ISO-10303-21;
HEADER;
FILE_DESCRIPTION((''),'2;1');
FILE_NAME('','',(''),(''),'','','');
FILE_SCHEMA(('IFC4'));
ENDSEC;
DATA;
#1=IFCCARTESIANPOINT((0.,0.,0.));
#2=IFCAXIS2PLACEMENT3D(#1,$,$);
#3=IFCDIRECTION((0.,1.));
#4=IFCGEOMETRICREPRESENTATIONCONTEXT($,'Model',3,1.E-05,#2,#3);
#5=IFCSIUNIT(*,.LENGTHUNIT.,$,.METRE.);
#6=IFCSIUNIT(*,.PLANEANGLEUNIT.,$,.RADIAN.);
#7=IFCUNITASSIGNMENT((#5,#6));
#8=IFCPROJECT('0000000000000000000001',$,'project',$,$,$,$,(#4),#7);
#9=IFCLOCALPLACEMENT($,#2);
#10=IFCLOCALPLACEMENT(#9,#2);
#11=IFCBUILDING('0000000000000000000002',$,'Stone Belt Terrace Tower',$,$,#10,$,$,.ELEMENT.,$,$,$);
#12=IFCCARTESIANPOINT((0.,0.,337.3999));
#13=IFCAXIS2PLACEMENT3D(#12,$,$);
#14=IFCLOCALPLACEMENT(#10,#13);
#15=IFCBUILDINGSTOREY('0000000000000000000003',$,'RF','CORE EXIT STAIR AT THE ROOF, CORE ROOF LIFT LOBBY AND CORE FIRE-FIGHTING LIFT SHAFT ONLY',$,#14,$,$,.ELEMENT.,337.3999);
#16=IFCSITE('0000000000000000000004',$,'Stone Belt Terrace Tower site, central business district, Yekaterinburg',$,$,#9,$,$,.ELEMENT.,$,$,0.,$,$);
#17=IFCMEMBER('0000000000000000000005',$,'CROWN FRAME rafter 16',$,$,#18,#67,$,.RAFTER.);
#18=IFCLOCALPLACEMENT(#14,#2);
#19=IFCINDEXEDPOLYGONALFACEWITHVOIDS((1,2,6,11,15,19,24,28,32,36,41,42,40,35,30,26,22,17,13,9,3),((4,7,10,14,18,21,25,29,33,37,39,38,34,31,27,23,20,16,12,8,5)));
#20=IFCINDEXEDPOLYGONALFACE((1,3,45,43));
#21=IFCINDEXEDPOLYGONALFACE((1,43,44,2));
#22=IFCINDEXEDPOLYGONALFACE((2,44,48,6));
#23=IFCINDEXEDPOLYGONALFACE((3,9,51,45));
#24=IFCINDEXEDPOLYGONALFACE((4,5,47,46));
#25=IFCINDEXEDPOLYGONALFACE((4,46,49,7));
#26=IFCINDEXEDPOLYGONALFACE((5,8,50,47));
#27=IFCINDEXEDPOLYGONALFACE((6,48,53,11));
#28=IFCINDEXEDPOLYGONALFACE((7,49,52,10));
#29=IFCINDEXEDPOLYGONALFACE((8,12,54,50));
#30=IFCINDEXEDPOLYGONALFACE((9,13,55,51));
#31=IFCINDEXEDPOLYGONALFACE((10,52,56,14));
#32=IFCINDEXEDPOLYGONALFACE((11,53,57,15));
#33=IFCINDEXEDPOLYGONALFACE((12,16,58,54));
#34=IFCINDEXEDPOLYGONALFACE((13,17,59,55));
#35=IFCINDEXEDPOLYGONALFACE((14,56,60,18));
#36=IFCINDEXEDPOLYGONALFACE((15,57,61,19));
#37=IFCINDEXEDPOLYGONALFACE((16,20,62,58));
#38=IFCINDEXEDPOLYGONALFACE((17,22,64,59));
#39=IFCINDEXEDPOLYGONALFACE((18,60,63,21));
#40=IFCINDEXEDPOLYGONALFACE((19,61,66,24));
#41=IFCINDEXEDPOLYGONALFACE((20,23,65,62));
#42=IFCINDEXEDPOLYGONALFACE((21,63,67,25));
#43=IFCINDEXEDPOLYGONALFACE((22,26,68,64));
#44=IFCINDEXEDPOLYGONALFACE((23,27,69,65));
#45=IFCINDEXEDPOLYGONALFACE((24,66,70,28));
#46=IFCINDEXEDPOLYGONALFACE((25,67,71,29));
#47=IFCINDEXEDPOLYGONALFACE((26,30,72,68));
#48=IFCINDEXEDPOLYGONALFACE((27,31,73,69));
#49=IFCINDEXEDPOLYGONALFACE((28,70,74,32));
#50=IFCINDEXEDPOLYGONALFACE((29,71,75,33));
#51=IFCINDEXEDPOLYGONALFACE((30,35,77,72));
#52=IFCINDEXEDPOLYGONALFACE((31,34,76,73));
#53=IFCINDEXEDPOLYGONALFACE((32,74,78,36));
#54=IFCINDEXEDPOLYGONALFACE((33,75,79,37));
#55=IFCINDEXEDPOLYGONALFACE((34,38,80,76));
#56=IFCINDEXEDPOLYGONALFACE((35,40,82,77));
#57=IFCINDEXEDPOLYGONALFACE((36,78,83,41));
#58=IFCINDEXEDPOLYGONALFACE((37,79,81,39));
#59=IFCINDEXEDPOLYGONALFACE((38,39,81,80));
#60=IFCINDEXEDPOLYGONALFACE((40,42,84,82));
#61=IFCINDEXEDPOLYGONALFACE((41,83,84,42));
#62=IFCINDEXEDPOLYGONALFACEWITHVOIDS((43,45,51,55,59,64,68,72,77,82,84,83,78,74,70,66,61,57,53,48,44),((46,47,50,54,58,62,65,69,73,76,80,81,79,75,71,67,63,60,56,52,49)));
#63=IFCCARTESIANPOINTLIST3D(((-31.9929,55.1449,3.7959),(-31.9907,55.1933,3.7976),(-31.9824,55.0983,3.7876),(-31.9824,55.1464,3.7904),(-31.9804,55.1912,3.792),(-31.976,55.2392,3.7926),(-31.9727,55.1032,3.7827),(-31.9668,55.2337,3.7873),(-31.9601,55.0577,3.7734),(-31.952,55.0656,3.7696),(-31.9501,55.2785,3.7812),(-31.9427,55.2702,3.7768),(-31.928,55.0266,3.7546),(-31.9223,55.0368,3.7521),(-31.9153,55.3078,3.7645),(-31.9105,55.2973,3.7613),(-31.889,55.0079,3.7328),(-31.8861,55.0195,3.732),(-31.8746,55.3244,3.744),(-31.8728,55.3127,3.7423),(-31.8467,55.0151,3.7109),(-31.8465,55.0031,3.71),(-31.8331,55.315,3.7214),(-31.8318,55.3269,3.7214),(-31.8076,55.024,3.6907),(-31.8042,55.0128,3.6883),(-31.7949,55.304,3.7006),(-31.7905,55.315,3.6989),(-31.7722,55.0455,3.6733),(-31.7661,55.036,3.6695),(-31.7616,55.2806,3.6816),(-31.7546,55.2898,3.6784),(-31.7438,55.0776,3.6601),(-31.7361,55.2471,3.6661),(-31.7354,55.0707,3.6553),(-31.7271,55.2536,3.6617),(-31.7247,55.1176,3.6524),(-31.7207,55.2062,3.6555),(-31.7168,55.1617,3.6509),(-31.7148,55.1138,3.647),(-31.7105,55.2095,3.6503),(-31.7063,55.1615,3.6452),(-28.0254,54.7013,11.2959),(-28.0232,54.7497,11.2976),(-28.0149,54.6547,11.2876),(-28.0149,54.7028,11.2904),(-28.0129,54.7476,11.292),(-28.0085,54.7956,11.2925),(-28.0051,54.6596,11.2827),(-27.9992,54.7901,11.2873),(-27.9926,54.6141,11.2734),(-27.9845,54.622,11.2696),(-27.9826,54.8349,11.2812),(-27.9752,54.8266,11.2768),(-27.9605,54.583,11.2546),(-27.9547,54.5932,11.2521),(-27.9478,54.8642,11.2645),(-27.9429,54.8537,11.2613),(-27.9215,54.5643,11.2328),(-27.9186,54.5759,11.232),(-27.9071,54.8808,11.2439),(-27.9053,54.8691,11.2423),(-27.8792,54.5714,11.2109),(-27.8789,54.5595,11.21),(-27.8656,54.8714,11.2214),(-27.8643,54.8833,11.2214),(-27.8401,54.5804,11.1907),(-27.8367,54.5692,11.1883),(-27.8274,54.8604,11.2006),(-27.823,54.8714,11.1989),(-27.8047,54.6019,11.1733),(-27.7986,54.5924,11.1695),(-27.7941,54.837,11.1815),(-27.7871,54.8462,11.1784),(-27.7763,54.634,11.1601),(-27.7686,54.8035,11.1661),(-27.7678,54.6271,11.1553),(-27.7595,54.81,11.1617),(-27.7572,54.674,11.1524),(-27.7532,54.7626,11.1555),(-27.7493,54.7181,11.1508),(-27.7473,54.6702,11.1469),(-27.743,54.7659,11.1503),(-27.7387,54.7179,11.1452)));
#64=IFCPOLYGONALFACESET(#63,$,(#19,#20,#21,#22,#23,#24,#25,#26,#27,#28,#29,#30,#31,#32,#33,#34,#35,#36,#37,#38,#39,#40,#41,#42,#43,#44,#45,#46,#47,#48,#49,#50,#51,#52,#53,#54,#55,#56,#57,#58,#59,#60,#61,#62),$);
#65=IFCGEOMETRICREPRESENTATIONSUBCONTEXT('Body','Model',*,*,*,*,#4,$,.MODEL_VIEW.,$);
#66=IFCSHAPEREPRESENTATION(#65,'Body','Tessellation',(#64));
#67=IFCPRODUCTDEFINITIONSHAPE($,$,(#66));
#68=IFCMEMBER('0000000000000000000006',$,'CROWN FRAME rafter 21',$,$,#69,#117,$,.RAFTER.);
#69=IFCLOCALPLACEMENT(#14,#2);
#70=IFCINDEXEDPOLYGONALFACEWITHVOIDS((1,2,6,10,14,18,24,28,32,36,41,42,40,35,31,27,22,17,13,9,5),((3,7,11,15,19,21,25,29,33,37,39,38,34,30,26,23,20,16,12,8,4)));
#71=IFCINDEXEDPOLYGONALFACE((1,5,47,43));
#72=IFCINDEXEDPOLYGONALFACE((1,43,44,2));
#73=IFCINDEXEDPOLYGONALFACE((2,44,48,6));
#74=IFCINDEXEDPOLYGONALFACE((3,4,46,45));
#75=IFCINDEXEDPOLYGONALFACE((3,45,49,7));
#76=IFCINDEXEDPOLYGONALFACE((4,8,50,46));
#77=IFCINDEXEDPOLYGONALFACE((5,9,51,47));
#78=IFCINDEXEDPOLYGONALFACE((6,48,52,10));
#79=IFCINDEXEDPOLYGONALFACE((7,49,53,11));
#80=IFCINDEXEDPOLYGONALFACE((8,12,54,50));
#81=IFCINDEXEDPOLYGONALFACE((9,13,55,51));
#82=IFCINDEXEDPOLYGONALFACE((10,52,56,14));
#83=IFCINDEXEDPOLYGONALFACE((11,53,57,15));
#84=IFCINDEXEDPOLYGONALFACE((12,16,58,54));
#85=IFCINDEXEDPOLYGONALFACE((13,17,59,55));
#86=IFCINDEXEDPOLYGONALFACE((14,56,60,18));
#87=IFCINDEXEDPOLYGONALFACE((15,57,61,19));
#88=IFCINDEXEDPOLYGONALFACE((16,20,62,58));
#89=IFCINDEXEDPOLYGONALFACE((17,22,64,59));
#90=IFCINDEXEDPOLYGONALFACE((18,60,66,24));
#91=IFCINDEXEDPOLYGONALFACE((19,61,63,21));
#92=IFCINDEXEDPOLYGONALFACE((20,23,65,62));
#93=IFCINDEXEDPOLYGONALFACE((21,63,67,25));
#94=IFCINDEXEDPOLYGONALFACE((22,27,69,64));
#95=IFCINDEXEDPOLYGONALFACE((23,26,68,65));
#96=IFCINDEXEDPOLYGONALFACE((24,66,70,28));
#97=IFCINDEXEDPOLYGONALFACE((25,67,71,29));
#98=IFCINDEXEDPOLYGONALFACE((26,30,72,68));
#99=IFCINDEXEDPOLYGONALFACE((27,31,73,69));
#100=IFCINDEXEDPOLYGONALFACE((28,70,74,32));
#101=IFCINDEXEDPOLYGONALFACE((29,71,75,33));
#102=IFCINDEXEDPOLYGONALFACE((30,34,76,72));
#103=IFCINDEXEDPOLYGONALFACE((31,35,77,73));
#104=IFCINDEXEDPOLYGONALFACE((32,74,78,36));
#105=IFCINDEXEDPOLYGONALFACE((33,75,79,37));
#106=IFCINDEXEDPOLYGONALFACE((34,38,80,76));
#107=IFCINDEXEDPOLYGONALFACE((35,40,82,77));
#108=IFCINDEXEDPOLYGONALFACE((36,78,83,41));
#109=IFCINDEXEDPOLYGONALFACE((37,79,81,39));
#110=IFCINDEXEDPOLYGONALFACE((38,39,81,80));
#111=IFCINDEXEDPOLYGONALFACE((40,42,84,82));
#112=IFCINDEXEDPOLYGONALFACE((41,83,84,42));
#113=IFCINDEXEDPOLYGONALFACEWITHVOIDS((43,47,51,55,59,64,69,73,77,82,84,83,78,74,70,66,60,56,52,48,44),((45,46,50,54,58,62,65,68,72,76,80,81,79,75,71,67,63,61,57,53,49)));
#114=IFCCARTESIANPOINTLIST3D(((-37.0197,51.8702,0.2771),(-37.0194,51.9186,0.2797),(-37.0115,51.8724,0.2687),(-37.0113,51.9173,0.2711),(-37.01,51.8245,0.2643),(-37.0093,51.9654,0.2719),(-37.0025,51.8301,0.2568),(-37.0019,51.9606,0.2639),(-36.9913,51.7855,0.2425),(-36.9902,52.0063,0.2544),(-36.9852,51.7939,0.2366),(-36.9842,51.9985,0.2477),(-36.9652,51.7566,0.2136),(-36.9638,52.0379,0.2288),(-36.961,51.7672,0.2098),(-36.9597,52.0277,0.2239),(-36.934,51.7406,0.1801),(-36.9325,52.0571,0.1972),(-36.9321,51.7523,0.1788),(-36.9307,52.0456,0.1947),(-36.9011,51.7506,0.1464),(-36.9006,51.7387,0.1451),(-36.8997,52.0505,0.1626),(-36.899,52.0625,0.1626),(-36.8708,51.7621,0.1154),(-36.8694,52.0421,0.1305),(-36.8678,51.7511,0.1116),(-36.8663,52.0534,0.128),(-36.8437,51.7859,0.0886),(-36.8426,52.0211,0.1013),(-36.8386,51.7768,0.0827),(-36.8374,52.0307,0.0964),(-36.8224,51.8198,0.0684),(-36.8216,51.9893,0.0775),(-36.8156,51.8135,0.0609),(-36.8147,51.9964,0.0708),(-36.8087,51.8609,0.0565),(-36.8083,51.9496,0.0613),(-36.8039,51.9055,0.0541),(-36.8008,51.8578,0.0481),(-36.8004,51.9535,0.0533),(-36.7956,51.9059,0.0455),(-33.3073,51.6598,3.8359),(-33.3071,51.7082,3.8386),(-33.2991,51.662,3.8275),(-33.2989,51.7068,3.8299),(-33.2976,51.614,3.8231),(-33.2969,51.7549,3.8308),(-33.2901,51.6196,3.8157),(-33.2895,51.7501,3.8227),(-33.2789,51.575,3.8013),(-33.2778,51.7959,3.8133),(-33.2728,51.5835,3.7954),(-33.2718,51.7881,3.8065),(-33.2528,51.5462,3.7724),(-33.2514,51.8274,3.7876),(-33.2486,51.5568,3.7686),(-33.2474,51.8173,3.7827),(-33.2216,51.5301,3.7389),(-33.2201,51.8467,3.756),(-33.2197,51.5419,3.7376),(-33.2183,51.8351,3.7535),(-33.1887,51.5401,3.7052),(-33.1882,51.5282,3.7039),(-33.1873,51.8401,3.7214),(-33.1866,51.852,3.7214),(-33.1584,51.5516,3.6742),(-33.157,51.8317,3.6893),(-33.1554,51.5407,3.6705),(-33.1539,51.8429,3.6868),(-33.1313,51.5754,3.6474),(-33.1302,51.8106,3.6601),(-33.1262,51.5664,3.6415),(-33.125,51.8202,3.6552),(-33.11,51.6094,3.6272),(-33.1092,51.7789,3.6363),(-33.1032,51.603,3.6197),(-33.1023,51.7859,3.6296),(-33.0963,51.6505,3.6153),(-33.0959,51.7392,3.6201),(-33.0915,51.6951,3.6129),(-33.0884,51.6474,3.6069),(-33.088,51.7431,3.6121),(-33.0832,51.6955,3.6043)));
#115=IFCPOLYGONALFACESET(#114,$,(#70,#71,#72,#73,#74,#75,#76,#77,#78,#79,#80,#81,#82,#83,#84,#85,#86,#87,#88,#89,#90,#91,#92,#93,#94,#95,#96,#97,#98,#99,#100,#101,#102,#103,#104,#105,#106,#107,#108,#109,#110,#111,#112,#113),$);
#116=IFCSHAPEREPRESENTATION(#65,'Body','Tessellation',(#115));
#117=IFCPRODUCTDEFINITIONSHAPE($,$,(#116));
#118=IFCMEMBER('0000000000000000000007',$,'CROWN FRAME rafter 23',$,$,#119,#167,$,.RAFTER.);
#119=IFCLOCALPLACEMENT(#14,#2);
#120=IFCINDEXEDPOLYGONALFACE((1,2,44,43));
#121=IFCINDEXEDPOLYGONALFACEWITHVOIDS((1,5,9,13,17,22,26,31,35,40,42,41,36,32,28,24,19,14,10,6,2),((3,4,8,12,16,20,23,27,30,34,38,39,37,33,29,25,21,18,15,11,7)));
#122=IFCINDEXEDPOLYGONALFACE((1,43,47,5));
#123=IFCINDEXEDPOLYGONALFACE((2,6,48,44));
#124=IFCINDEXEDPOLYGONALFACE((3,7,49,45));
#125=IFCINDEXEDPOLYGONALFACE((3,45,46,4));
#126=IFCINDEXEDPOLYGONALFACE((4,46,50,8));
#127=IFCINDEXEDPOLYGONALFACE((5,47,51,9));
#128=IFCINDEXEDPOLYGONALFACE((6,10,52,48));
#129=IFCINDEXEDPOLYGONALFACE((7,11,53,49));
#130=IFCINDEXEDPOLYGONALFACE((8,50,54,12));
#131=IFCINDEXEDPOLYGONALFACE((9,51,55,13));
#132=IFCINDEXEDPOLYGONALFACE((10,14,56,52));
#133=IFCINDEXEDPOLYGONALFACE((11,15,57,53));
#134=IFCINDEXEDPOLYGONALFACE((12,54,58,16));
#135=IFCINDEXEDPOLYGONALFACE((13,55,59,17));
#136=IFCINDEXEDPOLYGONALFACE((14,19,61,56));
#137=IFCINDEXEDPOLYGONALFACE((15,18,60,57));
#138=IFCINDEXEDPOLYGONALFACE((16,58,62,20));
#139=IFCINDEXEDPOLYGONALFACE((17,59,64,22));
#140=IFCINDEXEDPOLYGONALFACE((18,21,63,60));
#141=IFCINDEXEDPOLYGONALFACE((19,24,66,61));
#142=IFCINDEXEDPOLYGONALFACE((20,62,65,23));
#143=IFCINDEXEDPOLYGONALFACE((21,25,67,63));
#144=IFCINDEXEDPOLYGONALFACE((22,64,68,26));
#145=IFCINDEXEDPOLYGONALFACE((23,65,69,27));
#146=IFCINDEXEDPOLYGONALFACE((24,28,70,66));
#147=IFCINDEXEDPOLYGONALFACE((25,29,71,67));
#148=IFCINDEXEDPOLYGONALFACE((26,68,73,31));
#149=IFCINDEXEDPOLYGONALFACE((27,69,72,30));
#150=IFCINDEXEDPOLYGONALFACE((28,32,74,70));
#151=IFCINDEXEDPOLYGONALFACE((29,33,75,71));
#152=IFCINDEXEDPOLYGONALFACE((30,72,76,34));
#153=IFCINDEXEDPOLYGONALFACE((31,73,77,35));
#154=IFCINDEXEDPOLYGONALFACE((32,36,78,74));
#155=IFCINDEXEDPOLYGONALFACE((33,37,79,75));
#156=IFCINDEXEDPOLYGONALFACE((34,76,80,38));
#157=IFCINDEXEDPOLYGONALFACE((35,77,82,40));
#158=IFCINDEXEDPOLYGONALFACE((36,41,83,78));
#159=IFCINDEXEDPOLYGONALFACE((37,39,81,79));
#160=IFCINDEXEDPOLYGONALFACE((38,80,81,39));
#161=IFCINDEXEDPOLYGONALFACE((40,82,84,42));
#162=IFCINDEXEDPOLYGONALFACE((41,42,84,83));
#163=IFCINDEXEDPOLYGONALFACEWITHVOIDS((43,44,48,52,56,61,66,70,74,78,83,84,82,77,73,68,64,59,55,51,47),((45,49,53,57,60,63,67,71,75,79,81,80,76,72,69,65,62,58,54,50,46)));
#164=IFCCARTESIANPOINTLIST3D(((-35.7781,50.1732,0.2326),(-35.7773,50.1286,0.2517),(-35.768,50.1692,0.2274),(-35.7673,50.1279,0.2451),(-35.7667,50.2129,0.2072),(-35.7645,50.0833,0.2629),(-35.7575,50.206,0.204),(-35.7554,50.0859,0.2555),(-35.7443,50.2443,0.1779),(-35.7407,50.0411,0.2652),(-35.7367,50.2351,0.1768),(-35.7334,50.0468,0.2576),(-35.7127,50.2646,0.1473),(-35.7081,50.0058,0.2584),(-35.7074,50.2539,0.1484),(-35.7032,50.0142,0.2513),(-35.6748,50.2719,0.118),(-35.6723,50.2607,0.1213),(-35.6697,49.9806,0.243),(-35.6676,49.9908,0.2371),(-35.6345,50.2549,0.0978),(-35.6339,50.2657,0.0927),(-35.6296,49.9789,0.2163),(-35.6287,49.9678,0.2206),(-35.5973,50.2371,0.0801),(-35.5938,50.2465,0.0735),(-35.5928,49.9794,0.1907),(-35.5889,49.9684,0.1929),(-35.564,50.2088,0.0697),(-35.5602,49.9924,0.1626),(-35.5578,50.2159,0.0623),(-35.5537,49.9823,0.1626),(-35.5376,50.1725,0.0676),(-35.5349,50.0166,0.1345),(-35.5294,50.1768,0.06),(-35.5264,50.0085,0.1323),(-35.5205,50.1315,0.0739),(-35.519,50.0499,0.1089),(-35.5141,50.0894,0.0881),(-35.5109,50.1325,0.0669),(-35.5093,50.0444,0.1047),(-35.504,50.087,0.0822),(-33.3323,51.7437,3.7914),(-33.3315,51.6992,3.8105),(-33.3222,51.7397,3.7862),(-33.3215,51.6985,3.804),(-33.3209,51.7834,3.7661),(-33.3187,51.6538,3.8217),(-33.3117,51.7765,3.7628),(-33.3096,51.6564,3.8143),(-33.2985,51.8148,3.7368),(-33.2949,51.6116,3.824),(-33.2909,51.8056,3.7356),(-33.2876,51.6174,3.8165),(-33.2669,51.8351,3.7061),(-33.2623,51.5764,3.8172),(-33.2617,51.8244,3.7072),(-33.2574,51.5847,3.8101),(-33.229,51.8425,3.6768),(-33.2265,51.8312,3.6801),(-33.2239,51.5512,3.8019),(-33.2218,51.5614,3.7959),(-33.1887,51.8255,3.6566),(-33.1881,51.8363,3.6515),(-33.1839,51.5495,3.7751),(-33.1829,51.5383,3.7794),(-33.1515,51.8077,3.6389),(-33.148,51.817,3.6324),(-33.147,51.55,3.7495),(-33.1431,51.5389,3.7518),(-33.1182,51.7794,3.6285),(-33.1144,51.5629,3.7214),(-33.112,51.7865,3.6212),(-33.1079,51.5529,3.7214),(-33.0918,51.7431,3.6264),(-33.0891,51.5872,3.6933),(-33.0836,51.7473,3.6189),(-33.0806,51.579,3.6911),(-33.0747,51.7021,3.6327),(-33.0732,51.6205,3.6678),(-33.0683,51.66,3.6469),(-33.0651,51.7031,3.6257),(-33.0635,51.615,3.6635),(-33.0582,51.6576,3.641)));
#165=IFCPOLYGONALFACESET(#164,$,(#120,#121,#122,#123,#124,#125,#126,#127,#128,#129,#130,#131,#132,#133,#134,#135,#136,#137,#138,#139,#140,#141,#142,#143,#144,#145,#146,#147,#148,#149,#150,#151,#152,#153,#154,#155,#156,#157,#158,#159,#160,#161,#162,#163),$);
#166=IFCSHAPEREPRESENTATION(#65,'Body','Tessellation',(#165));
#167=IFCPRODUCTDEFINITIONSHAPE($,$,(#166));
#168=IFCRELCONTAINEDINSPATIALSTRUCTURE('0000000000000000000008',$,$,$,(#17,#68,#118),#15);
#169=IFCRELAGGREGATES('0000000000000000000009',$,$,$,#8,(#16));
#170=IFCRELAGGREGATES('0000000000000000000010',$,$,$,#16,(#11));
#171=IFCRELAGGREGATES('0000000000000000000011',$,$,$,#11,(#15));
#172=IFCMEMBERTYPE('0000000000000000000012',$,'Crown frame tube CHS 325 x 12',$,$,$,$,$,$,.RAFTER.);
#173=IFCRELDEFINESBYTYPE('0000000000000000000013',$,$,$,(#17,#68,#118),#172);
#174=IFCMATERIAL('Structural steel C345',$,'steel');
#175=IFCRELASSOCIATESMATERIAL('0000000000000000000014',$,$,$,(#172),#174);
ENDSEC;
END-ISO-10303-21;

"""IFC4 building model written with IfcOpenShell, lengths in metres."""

from ifc_helpers import new_model, si_unit, direction, frame, origin, origin_2d, place, context, subcontext, project, spatial, hollow_circle, extrude, material, material_profile, profile_set, type_object, element, save


model = new_model("IFC4")

# Units and contexts
model_context = context("Model", 3, precision=1e-05, world=origin(), true_north=direction((0.0, 1.0)))
body_context = subcontext(model_context, "Body", "Model", "MODEL_VIEW")
ifc_project = project(units=[si_unit("LENGTHUNIT", "METRE"), si_unit("PLANEANGLEUNIT", "RADIAN")], contexts=[model_context])

# Site, building, storey
site_placement = place(None, origin())
site = spatial("IfcSite", under=ifc_project, at=site_placement, Name="Stone Belt Terrace Tower site, central business district, Yekaterinburg", CompositionType="ELEMENT", RefElevation=0.0)
building_placement = place(site_placement, origin())
building = spatial("IfcBuilding", under=site, at=building_placement, Name="Stone Belt Terrace Tower", CompositionType="ELEMENT")
storey_placement = place(building_placement, frame((0.0, 0.0, 337.3999)))
storey = spatial("IfcBuildingStorey", under=building, at=storey_placement, Name="RF", Description="CORE EXIT STAIR AT THE ROOF, CORE ROOF LIFT LOBBY AND CORE FIRE-FIGHTING LIFT SHAFT ONLY", CompositionType="ELEMENT", Elevation=337.3999)

# Members
ifc_material_1 = material(Name="Structural steel C345", Category="steel")
ifc_material_profile_1 = material_profile(ifc_material_1, hollow_circle(Radius=0.1626, WallThickness=0.012, at=origin_2d()), Name="Structural steel C345 CHS 325x12")
ifc_profile_set_1 = profile_set([ifc_material_profile_1], Name="Structural steel C345")
member_type_1 = type_object("IfcMemberType", Name="Crown frame tube CHS 325 x 12", PredefinedType="RAFTER", material=ifc_profile_set_1)
member_1_placement = place(storey_placement, frame((-31.8499, 55.1653, 3.7214), z_axis=(0.466968, -0.052211, 0.882731), x_axis=(0.111116, 0.993807, 0.0)))
element("IfcMember", 1, at=member_1_placement, inside=storey, type_object=member_type_1, Name="CROWN FRAME rafter 16", PredefinedType="RAFTER", context=body_context, shape_type="SweptSolid", body=[
    extrude(hollow_circle(Radius=0.1626, WallThickness=0.012, at=origin_2d()), origin(), (0.0, 0.0, 1.0), 8.4963),
])
member_2_placement = place(storey_placement, frame((-36.9082, 51.9001, 0.1626), z_axis=(0.721276, -0.040888, 0.69144), x_axis=(0.056597, 0.998397, 0.0)))
element("IfcMember", 2, at=member_2_placement, inside=storey, type_object=member_type_1, Name="CROWN FRAME rafter 21", PredefinedType="RAFTER", context=body_context, shape_type="SweptSolid", body=[
    extrude(hollow_circle(Radius=0.1626, WallThickness=0.012, at=origin_2d()), origin(), (0.0, 0.0, 1.0), 5.147),
])
member_3_placement = place(storey_placement, frame((-33.1958, 51.6897, 3.7214), z_axis=(-0.532276, -0.341798, -0.774504), x_axis=(0.540333, -0.841451, 0.0)))
element("IfcMember", 3, at=member_3_placement, inside=storey, type_object=member_type_1, Name="CROWN FRAME rafter 23", PredefinedType="RAFTER", context=body_context, shape_type="SweptSolid", body=[
    extrude(hollow_circle(Radius=0.1626, WallThickness=0.012, at=origin_2d()), origin(), (0.0, 0.0, 1.0), 4.595),
])

save(model, "model.ifc")
